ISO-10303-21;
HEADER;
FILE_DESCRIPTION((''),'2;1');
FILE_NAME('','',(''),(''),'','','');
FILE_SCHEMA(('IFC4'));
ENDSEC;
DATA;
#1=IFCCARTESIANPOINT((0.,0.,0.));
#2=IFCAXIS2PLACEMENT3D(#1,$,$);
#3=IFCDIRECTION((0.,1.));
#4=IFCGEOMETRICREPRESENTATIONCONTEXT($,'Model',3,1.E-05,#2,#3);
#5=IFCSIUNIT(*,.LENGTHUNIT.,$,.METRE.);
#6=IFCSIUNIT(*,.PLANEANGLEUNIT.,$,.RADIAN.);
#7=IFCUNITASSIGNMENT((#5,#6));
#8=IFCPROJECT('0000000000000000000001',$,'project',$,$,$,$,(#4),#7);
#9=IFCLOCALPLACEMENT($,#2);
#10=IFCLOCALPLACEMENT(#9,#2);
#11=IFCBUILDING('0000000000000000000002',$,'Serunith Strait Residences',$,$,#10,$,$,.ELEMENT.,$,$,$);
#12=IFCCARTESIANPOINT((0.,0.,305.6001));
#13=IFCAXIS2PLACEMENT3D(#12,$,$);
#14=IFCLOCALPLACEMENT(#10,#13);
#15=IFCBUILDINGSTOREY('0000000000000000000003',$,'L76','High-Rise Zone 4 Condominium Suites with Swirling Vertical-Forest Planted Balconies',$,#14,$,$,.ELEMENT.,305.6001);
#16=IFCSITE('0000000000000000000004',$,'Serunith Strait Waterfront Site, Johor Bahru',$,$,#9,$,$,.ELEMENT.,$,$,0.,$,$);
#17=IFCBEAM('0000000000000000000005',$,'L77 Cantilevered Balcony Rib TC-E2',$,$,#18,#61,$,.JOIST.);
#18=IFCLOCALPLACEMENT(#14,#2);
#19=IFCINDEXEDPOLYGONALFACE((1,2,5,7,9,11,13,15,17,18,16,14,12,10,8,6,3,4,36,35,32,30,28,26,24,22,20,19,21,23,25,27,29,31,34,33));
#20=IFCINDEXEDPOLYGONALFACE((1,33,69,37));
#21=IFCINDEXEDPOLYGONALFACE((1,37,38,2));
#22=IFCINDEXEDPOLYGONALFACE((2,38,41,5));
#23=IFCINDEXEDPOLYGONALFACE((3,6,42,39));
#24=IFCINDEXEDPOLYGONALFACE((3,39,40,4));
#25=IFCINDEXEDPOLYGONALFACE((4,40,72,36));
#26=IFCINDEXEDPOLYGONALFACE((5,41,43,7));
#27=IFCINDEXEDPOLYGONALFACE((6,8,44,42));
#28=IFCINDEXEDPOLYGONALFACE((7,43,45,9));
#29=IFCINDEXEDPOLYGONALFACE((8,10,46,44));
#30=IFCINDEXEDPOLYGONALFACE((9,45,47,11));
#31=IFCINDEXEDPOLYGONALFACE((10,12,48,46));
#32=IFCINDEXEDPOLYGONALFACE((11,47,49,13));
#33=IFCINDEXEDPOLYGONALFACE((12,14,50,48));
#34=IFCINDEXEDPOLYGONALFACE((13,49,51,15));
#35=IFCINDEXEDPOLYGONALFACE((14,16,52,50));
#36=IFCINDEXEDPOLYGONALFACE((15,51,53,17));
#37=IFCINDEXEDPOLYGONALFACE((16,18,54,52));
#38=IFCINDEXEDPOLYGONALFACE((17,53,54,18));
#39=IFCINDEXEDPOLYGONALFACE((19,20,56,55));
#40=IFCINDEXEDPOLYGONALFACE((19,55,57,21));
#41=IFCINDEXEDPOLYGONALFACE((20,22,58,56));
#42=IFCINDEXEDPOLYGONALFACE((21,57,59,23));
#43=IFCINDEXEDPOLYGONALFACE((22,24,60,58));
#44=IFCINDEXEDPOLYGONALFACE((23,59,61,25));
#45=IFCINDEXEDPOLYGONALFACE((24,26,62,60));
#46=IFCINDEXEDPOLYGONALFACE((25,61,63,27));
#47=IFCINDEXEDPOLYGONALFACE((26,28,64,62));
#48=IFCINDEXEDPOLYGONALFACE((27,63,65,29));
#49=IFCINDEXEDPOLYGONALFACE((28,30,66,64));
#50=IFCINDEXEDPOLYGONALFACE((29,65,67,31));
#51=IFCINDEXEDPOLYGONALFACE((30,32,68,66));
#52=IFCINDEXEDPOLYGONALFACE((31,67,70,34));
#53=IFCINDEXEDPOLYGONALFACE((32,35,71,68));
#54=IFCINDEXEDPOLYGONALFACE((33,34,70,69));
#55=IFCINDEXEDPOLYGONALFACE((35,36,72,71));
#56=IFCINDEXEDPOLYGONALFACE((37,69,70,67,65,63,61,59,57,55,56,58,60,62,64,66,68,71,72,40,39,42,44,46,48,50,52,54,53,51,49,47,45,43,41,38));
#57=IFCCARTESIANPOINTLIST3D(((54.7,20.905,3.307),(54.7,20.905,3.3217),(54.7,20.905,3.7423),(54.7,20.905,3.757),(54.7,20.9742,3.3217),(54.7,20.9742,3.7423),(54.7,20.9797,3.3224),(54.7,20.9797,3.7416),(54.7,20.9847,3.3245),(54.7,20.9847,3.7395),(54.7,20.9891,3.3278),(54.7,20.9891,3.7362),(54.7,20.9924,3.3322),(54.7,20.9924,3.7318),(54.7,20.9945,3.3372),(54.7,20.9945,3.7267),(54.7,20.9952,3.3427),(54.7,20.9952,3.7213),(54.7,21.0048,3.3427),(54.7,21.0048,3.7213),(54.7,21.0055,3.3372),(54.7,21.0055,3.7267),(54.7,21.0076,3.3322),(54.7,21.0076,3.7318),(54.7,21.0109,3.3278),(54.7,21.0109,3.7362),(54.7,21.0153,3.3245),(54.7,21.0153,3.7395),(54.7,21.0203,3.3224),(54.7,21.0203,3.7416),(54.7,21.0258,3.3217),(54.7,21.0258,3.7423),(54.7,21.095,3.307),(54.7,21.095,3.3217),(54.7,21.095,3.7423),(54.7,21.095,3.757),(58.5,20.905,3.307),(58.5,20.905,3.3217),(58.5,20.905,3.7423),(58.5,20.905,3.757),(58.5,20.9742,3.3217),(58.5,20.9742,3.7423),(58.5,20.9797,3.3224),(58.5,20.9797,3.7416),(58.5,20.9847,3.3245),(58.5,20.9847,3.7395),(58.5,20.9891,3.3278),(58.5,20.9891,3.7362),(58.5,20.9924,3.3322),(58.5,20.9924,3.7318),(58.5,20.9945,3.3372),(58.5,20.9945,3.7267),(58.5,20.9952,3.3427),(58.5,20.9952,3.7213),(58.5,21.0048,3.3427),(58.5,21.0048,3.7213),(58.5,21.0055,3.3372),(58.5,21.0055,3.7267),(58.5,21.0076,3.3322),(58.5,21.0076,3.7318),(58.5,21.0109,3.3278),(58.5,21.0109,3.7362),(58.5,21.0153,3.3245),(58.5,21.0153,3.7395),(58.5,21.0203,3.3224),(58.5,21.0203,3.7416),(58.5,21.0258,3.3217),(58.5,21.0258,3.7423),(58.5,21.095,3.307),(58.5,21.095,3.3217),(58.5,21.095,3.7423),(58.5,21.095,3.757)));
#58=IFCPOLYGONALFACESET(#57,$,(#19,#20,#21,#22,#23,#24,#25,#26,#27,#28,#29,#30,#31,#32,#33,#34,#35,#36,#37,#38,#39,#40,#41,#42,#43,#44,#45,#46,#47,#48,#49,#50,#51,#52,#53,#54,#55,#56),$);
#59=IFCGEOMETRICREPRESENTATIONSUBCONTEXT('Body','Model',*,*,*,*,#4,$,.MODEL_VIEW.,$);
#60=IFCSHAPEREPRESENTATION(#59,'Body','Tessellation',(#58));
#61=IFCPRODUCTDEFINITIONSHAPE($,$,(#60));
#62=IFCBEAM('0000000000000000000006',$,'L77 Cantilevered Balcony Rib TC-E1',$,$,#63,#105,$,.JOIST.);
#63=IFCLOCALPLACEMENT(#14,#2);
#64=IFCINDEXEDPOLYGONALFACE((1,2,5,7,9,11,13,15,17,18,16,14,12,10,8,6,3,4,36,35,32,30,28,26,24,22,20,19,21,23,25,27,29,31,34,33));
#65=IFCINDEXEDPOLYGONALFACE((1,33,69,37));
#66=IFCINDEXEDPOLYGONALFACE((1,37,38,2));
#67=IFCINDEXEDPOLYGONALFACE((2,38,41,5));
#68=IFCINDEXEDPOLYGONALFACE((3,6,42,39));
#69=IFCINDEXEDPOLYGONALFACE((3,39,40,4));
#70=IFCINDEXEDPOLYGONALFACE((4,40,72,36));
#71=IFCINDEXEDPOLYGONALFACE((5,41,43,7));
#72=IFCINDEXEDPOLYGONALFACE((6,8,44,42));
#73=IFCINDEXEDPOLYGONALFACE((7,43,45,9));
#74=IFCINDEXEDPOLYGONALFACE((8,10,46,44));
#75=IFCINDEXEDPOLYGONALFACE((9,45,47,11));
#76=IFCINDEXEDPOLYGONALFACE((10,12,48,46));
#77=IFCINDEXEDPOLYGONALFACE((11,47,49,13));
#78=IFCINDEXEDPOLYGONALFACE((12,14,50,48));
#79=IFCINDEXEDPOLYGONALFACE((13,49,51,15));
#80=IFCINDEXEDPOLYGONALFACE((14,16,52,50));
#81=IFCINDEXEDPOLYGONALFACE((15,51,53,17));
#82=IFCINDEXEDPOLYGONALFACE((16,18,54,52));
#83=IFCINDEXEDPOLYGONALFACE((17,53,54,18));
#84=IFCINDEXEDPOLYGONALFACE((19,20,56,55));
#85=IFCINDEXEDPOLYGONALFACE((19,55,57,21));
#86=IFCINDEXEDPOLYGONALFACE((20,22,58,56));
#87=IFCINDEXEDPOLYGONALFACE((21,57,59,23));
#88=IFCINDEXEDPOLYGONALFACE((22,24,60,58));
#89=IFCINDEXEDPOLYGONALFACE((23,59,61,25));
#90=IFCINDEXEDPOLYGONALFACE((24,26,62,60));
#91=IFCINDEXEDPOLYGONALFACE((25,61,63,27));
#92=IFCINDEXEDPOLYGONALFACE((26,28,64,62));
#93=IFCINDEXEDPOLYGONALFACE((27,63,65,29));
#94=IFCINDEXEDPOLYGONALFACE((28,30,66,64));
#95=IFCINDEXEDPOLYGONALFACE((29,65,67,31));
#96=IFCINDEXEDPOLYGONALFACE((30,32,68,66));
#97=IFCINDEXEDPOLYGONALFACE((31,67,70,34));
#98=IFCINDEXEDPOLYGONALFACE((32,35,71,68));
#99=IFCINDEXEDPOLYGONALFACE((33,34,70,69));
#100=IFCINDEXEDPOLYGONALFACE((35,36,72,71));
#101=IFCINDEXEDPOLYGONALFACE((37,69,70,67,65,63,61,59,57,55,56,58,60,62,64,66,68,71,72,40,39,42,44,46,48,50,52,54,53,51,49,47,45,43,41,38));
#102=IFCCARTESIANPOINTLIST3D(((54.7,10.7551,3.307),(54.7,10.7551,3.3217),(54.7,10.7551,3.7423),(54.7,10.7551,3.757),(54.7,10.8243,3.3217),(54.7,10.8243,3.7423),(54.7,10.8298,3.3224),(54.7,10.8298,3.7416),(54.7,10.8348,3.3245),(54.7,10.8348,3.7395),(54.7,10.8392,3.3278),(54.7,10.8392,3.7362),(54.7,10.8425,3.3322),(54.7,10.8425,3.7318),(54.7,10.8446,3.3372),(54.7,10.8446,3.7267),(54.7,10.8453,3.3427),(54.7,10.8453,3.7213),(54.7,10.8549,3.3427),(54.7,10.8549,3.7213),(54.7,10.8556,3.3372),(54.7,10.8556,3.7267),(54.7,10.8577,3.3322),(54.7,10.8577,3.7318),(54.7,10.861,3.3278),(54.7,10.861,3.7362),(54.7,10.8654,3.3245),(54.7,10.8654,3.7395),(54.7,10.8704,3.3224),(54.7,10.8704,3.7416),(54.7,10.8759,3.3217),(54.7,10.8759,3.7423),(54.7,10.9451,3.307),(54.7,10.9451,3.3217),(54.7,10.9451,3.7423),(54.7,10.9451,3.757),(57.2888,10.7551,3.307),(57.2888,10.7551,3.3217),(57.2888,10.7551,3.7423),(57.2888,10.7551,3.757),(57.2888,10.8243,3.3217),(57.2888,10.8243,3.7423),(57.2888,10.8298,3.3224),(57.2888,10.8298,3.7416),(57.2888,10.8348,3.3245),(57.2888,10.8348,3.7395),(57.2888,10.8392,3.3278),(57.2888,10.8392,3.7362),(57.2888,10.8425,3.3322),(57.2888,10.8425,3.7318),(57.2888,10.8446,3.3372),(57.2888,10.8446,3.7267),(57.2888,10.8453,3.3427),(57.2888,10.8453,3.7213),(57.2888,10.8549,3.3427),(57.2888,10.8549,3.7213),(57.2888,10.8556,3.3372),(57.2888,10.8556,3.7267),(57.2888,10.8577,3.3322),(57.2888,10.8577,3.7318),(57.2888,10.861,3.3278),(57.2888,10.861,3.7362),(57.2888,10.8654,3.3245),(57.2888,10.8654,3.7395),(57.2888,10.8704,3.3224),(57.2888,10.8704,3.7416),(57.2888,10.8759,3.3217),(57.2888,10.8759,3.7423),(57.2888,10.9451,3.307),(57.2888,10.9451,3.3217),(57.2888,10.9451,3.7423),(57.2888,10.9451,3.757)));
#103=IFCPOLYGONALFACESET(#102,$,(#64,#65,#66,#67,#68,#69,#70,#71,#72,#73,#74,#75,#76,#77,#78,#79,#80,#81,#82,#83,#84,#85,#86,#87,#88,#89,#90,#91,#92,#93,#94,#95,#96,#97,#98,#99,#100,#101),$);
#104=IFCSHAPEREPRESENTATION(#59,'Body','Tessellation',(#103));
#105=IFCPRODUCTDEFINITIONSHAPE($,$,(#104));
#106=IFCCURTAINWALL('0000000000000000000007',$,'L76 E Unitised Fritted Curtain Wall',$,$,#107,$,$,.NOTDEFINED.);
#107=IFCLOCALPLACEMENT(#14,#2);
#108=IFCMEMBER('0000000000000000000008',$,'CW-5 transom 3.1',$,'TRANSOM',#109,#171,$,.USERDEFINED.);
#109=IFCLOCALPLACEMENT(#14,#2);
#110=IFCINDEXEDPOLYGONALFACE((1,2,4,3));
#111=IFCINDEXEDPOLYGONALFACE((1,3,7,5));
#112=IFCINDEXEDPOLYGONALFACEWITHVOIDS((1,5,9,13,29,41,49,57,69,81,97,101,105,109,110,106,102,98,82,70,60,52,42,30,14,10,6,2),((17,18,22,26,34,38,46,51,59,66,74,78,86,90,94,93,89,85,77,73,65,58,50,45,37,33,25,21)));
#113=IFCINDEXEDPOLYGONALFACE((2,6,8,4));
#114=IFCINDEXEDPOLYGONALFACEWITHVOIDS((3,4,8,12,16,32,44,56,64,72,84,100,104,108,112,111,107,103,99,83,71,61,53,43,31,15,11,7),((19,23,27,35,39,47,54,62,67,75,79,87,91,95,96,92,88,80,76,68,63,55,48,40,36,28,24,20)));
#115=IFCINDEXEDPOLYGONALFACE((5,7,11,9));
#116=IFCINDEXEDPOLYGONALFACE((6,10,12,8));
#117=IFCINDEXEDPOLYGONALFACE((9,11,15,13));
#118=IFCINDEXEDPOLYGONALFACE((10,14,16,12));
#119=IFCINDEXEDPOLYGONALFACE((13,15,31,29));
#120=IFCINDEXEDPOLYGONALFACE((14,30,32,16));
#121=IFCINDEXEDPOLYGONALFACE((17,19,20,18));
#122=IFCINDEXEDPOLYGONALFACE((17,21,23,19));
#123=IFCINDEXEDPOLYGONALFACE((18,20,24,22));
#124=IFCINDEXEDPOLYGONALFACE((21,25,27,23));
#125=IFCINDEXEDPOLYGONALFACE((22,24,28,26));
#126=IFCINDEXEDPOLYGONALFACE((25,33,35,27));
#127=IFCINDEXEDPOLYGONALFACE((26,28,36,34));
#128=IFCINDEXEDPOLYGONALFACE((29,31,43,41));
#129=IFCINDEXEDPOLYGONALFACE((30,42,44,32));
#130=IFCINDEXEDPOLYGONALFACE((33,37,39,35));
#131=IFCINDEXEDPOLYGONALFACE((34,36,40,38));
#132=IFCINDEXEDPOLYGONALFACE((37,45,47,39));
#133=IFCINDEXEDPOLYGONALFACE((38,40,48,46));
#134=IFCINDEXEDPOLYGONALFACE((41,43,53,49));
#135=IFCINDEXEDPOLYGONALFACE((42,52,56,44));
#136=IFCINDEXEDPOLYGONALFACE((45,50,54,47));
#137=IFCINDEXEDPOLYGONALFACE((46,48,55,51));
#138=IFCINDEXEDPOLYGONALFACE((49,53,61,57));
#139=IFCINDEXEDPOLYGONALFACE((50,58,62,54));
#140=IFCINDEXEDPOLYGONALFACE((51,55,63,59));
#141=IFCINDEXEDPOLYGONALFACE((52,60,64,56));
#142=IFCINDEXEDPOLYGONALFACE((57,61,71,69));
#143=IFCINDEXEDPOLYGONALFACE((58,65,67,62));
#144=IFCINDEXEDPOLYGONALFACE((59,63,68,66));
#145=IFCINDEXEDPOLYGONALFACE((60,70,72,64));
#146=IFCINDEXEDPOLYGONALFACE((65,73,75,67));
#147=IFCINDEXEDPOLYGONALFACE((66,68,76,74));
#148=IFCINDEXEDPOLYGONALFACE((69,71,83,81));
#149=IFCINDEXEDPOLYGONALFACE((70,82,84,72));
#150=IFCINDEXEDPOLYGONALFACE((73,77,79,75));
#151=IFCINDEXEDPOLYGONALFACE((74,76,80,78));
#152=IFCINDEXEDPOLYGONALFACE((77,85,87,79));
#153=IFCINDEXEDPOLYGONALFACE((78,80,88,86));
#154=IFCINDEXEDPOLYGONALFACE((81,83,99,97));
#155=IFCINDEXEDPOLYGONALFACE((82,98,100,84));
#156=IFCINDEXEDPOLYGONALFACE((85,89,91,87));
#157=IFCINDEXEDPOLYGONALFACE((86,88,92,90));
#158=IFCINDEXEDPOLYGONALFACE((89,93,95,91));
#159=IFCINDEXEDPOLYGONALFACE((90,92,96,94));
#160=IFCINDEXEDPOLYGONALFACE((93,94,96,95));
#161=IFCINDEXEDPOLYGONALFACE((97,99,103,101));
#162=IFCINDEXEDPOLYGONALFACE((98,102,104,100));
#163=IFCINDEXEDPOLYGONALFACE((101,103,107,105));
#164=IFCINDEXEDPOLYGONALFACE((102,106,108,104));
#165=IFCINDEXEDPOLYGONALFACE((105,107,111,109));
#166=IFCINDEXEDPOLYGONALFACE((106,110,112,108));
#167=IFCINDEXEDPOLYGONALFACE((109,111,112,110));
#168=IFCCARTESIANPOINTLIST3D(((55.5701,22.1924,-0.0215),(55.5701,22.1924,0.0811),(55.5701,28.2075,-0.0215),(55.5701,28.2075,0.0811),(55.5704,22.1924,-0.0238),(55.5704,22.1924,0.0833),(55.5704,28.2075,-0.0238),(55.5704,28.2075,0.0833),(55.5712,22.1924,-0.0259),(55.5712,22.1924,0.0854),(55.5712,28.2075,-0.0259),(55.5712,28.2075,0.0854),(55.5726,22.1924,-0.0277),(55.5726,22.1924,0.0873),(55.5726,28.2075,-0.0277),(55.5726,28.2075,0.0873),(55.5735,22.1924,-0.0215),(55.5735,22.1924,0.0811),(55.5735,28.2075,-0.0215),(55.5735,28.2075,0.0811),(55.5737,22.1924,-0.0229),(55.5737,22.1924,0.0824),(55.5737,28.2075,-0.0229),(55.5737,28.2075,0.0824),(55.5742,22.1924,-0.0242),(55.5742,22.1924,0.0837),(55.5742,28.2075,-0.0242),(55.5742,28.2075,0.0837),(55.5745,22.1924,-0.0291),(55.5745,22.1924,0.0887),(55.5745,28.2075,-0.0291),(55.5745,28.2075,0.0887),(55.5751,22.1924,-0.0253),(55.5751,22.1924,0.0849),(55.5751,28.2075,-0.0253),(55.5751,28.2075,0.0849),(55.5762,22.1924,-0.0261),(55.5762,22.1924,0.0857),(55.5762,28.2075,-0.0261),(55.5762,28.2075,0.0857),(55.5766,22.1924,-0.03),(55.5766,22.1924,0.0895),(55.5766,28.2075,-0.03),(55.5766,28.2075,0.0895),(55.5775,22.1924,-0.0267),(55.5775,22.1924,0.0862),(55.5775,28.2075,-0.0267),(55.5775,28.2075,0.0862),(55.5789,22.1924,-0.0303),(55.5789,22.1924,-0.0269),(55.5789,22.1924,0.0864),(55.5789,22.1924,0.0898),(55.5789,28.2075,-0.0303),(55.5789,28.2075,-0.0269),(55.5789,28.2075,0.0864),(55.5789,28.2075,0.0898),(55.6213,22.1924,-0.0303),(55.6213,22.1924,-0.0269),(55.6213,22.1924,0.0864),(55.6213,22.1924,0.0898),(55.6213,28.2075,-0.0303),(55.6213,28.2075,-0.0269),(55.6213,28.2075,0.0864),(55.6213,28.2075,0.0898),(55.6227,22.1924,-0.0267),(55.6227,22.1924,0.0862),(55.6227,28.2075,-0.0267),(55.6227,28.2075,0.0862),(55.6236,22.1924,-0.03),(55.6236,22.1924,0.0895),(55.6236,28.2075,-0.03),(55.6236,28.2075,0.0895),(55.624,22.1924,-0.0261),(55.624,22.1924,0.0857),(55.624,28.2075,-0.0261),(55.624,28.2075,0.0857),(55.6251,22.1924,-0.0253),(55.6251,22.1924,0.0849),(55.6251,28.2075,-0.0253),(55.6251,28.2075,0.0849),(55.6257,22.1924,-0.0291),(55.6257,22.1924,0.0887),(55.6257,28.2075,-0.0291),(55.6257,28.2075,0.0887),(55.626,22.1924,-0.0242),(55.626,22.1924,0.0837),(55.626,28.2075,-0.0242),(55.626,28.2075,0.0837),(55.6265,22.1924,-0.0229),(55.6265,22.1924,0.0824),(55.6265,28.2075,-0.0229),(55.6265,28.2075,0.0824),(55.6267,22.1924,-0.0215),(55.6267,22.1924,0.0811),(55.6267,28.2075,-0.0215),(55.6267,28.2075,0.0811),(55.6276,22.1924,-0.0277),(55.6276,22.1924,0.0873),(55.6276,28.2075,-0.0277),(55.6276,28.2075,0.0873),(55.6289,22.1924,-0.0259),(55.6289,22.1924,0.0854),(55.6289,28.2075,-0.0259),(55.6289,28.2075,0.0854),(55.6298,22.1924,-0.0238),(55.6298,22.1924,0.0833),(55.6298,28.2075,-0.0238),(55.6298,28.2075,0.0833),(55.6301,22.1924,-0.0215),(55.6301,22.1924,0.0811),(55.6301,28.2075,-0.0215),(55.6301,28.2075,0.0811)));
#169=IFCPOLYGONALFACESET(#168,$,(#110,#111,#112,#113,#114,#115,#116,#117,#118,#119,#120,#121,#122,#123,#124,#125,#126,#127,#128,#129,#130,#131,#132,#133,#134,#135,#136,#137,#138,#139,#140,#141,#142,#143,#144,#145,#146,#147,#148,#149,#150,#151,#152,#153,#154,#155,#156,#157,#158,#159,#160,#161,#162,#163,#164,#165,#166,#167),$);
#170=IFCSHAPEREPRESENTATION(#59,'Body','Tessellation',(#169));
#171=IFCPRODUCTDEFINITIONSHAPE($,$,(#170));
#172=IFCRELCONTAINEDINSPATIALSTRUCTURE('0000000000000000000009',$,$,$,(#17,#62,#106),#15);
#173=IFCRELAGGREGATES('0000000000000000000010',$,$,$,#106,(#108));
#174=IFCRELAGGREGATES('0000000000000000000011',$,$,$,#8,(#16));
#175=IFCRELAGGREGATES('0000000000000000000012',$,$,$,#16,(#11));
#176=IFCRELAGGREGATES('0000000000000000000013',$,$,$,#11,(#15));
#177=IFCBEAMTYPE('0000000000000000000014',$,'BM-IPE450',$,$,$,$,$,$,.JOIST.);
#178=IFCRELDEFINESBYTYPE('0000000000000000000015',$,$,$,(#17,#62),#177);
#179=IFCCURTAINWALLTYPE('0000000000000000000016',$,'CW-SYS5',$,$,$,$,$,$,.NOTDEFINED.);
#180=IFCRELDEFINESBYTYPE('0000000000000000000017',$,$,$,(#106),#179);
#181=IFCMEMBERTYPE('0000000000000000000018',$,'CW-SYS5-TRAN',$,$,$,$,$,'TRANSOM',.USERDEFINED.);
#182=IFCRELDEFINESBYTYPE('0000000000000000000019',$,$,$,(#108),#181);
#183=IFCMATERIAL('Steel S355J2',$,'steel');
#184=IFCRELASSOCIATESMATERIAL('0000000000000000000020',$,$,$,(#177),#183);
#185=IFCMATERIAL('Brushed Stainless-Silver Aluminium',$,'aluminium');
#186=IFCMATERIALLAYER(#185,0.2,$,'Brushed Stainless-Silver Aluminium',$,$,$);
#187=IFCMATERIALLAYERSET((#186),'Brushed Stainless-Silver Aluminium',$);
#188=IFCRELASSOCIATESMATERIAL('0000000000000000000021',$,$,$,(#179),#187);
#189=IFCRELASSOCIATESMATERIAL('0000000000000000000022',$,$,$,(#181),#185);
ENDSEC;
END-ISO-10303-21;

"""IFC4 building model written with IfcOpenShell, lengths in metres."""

from ifc_helpers import new_model, si_unit, direction, frame, origin, origin_2d, place, context, subcontext, project, spatial, hollow_rectangle, i_section, extrude, source, transform, mapped, material, layer, layer_set, material_profile, profile_set, type_object, element, aggregate, save


model = new_model("IFC4")

# Units and contexts
model_context = context("Model", 3, precision=1e-05, world=origin(), true_north=direction((0.0, 1.0)))
body_context = subcontext(model_context, "Body", "Model", "MODEL_VIEW")
ifc_project = project(units=[si_unit("LENGTHUNIT", "METRE"), si_unit("PLANEANGLEUNIT", "RADIAN")], contexts=[model_context])

# Site, building, storey
site_placement = place(None, origin())
site = spatial("IfcSite", under=ifc_project, at=site_placement, Name="Serunith Strait Waterfront Site, Johor Bahru", CompositionType="ELEMENT", RefElevation=0.0)
building_placement = place(site_placement, origin())
building = spatial("IfcBuilding", under=site, at=building_placement, Name="Serunith Strait Residences", CompositionType="ELEMENT")
storey_placement = place(building_placement, frame((0.0, 0.0, 305.6001)))
storey = spatial("IfcBuildingStorey", under=building, at=storey_placement, Name="L76", Description="High-Rise Zone 4 Condominium Suites with Swirling Vertical-Forest Planted Balconies", CompositionType="ELEMENT", Elevation=305.6001)

# Beams
ifc_material_1 = material(Name="Steel S355J2", Category="steel")
ifc_material_profile_1 = material_profile(ifc_material_1, i_section(OverallWidth=0.1899, OverallDepth=0.45, WebThickness=0.0095, FlangeThickness=0.0146, FilletRadius=0.021, at=origin_2d()), Name="IPE 450")
ifc_profile_set_1 = profile_set([ifc_material_profile_1], Name="Steel S355J2")
beam_type_1 = type_object("IfcBeamType", Name="BM-IPE450", PredefinedType="JOIST", material=ifc_profile_set_1)
shared_shape_1 = source(origin(), body_context, "Body", "SweptSolid", [
    extrude(i_section(OverallWidth=0.1899, OverallDepth=0.45, WebThickness=0.0095, FlangeThickness=0.0146, FilletRadius=0.021, at=origin_2d()), origin(), (0.0, 0.0, 1.0), 3.8),
])
beam_1_placement = place(storey_placement, frame((54.7, 21.0, 3.532), z_axis=(1.0, 0.0, 0.0), x_axis=(0.0, 1.0, 0.0)))
element("IfcBeam", 1, at=beam_1_placement, inside=storey, type_object=beam_type_1, Name="L77 Cantilevered Balcony Rib TC-E2", PredefinedType="JOIST", context=body_context, shape_type="MappedRepresentation", body=[
    mapped(shared_shape_1, transform((0.0, 0.0, 0.0), scale=1.0)),
])
shared_shape_2 = source(origin(), body_context, "Body", "SweptSolid", [
    extrude(i_section(OverallWidth=0.1899, OverallDepth=0.45, WebThickness=0.0095, FlangeThickness=0.0146, FilletRadius=0.021, at=origin_2d()), origin(), (0.0, 0.0, 1.0), 2.5889),
])
beam_2_placement = place(storey_placement, frame((54.7, 10.8501, 3.532), z_axis=(1.0, 0.0, 0.0), x_axis=(0.0, 1.0, 0.0)))
element("IfcBeam", 2, at=beam_2_placement, inside=storey, type_object=beam_type_1, Name="L77 Cantilevered Balcony Rib TC-E1", PredefinedType="JOIST", context=body_context, shape_type="MappedRepresentation", body=[
    mapped(shared_shape_2, transform((0.0, 0.0, 0.0), scale=1.0)),
])

# Curtain wall, member
ifc_material_2 = material(Name="Brushed Stainless-Silver Aluminium", Category="aluminium")
ifc_layer_1 = layer(ifc_material_2, 0.2, Name="Brushed Stainless-Silver Aluminium")
ifc_layer_set_1 = layer_set([ifc_layer_1], Name="Brushed Stainless-Silver Aluminium")
curtain_wall_type = type_object("IfcCurtainWallType", Name="CW-SYS5", PredefinedType="NOTDEFINED", material=ifc_layer_set_1)
curtain_wall_placement = place(storey_placement, origin())
curtain_wall = element("IfcCurtainWall", 3, at=curtain_wall_placement, inside=storey, type_object=curtain_wall_type, Name="L76 E Unitised Fritted Curtain Wall", PredefinedType="NOTDEFINED")
ifc_material_profile_2 = material_profile(ifc_material_2, hollow_rectangle(XDim=0.0601, YDim=0.1201, WallThickness=0.0034, InnerFilletRadius=0.0054, OuterFilletRadius=0.0088, at=origin_2d()), Name="ALU 120x60x3.5")
ifc_profile_set_2 = profile_set([ifc_material_profile_2], Name="Brushed Stainless-Silver Aluminium")
member_type_1 = type_object("IfcMemberType", Name="CW-SYS5-TRAN", ElementType="TRANSOM", PredefinedType="USERDEFINED", material=ifc_profile_set_2)
shared_shape_3 = source(origin(), body_context, "Body", "SweptSolid", [
    extrude(hollow_rectangle(XDim=0.0601, YDim=0.1201, WallThickness=0.0034, InnerFilletRadius=0.0054, OuterFilletRadius=0.0088, at=origin_2d()), origin(), (0.0, 0.0, 1.0), 6.0151),
])
member_1_placement = place(storey_placement, frame((55.6001, 22.1924, 0.0298), z_axis=(0.0, 1.0, 0.0), x_axis=(-1.0, 0.0, 0.0)))
member_1 = element("IfcMember", 4, at=member_1_placement, type_object=member_type_1, Name="CW-5 transom 3.1", ObjectType="TRANSOM", PredefinedType="USERDEFINED", context=body_context, shape_type="MappedRepresentation", body=[
    mapped(shared_shape_3, transform((0.0, 0.0, 0.0), scale=1.0)),
])
aggregate(curtain_wall, [member_1])

save(model, "model.ifc")
